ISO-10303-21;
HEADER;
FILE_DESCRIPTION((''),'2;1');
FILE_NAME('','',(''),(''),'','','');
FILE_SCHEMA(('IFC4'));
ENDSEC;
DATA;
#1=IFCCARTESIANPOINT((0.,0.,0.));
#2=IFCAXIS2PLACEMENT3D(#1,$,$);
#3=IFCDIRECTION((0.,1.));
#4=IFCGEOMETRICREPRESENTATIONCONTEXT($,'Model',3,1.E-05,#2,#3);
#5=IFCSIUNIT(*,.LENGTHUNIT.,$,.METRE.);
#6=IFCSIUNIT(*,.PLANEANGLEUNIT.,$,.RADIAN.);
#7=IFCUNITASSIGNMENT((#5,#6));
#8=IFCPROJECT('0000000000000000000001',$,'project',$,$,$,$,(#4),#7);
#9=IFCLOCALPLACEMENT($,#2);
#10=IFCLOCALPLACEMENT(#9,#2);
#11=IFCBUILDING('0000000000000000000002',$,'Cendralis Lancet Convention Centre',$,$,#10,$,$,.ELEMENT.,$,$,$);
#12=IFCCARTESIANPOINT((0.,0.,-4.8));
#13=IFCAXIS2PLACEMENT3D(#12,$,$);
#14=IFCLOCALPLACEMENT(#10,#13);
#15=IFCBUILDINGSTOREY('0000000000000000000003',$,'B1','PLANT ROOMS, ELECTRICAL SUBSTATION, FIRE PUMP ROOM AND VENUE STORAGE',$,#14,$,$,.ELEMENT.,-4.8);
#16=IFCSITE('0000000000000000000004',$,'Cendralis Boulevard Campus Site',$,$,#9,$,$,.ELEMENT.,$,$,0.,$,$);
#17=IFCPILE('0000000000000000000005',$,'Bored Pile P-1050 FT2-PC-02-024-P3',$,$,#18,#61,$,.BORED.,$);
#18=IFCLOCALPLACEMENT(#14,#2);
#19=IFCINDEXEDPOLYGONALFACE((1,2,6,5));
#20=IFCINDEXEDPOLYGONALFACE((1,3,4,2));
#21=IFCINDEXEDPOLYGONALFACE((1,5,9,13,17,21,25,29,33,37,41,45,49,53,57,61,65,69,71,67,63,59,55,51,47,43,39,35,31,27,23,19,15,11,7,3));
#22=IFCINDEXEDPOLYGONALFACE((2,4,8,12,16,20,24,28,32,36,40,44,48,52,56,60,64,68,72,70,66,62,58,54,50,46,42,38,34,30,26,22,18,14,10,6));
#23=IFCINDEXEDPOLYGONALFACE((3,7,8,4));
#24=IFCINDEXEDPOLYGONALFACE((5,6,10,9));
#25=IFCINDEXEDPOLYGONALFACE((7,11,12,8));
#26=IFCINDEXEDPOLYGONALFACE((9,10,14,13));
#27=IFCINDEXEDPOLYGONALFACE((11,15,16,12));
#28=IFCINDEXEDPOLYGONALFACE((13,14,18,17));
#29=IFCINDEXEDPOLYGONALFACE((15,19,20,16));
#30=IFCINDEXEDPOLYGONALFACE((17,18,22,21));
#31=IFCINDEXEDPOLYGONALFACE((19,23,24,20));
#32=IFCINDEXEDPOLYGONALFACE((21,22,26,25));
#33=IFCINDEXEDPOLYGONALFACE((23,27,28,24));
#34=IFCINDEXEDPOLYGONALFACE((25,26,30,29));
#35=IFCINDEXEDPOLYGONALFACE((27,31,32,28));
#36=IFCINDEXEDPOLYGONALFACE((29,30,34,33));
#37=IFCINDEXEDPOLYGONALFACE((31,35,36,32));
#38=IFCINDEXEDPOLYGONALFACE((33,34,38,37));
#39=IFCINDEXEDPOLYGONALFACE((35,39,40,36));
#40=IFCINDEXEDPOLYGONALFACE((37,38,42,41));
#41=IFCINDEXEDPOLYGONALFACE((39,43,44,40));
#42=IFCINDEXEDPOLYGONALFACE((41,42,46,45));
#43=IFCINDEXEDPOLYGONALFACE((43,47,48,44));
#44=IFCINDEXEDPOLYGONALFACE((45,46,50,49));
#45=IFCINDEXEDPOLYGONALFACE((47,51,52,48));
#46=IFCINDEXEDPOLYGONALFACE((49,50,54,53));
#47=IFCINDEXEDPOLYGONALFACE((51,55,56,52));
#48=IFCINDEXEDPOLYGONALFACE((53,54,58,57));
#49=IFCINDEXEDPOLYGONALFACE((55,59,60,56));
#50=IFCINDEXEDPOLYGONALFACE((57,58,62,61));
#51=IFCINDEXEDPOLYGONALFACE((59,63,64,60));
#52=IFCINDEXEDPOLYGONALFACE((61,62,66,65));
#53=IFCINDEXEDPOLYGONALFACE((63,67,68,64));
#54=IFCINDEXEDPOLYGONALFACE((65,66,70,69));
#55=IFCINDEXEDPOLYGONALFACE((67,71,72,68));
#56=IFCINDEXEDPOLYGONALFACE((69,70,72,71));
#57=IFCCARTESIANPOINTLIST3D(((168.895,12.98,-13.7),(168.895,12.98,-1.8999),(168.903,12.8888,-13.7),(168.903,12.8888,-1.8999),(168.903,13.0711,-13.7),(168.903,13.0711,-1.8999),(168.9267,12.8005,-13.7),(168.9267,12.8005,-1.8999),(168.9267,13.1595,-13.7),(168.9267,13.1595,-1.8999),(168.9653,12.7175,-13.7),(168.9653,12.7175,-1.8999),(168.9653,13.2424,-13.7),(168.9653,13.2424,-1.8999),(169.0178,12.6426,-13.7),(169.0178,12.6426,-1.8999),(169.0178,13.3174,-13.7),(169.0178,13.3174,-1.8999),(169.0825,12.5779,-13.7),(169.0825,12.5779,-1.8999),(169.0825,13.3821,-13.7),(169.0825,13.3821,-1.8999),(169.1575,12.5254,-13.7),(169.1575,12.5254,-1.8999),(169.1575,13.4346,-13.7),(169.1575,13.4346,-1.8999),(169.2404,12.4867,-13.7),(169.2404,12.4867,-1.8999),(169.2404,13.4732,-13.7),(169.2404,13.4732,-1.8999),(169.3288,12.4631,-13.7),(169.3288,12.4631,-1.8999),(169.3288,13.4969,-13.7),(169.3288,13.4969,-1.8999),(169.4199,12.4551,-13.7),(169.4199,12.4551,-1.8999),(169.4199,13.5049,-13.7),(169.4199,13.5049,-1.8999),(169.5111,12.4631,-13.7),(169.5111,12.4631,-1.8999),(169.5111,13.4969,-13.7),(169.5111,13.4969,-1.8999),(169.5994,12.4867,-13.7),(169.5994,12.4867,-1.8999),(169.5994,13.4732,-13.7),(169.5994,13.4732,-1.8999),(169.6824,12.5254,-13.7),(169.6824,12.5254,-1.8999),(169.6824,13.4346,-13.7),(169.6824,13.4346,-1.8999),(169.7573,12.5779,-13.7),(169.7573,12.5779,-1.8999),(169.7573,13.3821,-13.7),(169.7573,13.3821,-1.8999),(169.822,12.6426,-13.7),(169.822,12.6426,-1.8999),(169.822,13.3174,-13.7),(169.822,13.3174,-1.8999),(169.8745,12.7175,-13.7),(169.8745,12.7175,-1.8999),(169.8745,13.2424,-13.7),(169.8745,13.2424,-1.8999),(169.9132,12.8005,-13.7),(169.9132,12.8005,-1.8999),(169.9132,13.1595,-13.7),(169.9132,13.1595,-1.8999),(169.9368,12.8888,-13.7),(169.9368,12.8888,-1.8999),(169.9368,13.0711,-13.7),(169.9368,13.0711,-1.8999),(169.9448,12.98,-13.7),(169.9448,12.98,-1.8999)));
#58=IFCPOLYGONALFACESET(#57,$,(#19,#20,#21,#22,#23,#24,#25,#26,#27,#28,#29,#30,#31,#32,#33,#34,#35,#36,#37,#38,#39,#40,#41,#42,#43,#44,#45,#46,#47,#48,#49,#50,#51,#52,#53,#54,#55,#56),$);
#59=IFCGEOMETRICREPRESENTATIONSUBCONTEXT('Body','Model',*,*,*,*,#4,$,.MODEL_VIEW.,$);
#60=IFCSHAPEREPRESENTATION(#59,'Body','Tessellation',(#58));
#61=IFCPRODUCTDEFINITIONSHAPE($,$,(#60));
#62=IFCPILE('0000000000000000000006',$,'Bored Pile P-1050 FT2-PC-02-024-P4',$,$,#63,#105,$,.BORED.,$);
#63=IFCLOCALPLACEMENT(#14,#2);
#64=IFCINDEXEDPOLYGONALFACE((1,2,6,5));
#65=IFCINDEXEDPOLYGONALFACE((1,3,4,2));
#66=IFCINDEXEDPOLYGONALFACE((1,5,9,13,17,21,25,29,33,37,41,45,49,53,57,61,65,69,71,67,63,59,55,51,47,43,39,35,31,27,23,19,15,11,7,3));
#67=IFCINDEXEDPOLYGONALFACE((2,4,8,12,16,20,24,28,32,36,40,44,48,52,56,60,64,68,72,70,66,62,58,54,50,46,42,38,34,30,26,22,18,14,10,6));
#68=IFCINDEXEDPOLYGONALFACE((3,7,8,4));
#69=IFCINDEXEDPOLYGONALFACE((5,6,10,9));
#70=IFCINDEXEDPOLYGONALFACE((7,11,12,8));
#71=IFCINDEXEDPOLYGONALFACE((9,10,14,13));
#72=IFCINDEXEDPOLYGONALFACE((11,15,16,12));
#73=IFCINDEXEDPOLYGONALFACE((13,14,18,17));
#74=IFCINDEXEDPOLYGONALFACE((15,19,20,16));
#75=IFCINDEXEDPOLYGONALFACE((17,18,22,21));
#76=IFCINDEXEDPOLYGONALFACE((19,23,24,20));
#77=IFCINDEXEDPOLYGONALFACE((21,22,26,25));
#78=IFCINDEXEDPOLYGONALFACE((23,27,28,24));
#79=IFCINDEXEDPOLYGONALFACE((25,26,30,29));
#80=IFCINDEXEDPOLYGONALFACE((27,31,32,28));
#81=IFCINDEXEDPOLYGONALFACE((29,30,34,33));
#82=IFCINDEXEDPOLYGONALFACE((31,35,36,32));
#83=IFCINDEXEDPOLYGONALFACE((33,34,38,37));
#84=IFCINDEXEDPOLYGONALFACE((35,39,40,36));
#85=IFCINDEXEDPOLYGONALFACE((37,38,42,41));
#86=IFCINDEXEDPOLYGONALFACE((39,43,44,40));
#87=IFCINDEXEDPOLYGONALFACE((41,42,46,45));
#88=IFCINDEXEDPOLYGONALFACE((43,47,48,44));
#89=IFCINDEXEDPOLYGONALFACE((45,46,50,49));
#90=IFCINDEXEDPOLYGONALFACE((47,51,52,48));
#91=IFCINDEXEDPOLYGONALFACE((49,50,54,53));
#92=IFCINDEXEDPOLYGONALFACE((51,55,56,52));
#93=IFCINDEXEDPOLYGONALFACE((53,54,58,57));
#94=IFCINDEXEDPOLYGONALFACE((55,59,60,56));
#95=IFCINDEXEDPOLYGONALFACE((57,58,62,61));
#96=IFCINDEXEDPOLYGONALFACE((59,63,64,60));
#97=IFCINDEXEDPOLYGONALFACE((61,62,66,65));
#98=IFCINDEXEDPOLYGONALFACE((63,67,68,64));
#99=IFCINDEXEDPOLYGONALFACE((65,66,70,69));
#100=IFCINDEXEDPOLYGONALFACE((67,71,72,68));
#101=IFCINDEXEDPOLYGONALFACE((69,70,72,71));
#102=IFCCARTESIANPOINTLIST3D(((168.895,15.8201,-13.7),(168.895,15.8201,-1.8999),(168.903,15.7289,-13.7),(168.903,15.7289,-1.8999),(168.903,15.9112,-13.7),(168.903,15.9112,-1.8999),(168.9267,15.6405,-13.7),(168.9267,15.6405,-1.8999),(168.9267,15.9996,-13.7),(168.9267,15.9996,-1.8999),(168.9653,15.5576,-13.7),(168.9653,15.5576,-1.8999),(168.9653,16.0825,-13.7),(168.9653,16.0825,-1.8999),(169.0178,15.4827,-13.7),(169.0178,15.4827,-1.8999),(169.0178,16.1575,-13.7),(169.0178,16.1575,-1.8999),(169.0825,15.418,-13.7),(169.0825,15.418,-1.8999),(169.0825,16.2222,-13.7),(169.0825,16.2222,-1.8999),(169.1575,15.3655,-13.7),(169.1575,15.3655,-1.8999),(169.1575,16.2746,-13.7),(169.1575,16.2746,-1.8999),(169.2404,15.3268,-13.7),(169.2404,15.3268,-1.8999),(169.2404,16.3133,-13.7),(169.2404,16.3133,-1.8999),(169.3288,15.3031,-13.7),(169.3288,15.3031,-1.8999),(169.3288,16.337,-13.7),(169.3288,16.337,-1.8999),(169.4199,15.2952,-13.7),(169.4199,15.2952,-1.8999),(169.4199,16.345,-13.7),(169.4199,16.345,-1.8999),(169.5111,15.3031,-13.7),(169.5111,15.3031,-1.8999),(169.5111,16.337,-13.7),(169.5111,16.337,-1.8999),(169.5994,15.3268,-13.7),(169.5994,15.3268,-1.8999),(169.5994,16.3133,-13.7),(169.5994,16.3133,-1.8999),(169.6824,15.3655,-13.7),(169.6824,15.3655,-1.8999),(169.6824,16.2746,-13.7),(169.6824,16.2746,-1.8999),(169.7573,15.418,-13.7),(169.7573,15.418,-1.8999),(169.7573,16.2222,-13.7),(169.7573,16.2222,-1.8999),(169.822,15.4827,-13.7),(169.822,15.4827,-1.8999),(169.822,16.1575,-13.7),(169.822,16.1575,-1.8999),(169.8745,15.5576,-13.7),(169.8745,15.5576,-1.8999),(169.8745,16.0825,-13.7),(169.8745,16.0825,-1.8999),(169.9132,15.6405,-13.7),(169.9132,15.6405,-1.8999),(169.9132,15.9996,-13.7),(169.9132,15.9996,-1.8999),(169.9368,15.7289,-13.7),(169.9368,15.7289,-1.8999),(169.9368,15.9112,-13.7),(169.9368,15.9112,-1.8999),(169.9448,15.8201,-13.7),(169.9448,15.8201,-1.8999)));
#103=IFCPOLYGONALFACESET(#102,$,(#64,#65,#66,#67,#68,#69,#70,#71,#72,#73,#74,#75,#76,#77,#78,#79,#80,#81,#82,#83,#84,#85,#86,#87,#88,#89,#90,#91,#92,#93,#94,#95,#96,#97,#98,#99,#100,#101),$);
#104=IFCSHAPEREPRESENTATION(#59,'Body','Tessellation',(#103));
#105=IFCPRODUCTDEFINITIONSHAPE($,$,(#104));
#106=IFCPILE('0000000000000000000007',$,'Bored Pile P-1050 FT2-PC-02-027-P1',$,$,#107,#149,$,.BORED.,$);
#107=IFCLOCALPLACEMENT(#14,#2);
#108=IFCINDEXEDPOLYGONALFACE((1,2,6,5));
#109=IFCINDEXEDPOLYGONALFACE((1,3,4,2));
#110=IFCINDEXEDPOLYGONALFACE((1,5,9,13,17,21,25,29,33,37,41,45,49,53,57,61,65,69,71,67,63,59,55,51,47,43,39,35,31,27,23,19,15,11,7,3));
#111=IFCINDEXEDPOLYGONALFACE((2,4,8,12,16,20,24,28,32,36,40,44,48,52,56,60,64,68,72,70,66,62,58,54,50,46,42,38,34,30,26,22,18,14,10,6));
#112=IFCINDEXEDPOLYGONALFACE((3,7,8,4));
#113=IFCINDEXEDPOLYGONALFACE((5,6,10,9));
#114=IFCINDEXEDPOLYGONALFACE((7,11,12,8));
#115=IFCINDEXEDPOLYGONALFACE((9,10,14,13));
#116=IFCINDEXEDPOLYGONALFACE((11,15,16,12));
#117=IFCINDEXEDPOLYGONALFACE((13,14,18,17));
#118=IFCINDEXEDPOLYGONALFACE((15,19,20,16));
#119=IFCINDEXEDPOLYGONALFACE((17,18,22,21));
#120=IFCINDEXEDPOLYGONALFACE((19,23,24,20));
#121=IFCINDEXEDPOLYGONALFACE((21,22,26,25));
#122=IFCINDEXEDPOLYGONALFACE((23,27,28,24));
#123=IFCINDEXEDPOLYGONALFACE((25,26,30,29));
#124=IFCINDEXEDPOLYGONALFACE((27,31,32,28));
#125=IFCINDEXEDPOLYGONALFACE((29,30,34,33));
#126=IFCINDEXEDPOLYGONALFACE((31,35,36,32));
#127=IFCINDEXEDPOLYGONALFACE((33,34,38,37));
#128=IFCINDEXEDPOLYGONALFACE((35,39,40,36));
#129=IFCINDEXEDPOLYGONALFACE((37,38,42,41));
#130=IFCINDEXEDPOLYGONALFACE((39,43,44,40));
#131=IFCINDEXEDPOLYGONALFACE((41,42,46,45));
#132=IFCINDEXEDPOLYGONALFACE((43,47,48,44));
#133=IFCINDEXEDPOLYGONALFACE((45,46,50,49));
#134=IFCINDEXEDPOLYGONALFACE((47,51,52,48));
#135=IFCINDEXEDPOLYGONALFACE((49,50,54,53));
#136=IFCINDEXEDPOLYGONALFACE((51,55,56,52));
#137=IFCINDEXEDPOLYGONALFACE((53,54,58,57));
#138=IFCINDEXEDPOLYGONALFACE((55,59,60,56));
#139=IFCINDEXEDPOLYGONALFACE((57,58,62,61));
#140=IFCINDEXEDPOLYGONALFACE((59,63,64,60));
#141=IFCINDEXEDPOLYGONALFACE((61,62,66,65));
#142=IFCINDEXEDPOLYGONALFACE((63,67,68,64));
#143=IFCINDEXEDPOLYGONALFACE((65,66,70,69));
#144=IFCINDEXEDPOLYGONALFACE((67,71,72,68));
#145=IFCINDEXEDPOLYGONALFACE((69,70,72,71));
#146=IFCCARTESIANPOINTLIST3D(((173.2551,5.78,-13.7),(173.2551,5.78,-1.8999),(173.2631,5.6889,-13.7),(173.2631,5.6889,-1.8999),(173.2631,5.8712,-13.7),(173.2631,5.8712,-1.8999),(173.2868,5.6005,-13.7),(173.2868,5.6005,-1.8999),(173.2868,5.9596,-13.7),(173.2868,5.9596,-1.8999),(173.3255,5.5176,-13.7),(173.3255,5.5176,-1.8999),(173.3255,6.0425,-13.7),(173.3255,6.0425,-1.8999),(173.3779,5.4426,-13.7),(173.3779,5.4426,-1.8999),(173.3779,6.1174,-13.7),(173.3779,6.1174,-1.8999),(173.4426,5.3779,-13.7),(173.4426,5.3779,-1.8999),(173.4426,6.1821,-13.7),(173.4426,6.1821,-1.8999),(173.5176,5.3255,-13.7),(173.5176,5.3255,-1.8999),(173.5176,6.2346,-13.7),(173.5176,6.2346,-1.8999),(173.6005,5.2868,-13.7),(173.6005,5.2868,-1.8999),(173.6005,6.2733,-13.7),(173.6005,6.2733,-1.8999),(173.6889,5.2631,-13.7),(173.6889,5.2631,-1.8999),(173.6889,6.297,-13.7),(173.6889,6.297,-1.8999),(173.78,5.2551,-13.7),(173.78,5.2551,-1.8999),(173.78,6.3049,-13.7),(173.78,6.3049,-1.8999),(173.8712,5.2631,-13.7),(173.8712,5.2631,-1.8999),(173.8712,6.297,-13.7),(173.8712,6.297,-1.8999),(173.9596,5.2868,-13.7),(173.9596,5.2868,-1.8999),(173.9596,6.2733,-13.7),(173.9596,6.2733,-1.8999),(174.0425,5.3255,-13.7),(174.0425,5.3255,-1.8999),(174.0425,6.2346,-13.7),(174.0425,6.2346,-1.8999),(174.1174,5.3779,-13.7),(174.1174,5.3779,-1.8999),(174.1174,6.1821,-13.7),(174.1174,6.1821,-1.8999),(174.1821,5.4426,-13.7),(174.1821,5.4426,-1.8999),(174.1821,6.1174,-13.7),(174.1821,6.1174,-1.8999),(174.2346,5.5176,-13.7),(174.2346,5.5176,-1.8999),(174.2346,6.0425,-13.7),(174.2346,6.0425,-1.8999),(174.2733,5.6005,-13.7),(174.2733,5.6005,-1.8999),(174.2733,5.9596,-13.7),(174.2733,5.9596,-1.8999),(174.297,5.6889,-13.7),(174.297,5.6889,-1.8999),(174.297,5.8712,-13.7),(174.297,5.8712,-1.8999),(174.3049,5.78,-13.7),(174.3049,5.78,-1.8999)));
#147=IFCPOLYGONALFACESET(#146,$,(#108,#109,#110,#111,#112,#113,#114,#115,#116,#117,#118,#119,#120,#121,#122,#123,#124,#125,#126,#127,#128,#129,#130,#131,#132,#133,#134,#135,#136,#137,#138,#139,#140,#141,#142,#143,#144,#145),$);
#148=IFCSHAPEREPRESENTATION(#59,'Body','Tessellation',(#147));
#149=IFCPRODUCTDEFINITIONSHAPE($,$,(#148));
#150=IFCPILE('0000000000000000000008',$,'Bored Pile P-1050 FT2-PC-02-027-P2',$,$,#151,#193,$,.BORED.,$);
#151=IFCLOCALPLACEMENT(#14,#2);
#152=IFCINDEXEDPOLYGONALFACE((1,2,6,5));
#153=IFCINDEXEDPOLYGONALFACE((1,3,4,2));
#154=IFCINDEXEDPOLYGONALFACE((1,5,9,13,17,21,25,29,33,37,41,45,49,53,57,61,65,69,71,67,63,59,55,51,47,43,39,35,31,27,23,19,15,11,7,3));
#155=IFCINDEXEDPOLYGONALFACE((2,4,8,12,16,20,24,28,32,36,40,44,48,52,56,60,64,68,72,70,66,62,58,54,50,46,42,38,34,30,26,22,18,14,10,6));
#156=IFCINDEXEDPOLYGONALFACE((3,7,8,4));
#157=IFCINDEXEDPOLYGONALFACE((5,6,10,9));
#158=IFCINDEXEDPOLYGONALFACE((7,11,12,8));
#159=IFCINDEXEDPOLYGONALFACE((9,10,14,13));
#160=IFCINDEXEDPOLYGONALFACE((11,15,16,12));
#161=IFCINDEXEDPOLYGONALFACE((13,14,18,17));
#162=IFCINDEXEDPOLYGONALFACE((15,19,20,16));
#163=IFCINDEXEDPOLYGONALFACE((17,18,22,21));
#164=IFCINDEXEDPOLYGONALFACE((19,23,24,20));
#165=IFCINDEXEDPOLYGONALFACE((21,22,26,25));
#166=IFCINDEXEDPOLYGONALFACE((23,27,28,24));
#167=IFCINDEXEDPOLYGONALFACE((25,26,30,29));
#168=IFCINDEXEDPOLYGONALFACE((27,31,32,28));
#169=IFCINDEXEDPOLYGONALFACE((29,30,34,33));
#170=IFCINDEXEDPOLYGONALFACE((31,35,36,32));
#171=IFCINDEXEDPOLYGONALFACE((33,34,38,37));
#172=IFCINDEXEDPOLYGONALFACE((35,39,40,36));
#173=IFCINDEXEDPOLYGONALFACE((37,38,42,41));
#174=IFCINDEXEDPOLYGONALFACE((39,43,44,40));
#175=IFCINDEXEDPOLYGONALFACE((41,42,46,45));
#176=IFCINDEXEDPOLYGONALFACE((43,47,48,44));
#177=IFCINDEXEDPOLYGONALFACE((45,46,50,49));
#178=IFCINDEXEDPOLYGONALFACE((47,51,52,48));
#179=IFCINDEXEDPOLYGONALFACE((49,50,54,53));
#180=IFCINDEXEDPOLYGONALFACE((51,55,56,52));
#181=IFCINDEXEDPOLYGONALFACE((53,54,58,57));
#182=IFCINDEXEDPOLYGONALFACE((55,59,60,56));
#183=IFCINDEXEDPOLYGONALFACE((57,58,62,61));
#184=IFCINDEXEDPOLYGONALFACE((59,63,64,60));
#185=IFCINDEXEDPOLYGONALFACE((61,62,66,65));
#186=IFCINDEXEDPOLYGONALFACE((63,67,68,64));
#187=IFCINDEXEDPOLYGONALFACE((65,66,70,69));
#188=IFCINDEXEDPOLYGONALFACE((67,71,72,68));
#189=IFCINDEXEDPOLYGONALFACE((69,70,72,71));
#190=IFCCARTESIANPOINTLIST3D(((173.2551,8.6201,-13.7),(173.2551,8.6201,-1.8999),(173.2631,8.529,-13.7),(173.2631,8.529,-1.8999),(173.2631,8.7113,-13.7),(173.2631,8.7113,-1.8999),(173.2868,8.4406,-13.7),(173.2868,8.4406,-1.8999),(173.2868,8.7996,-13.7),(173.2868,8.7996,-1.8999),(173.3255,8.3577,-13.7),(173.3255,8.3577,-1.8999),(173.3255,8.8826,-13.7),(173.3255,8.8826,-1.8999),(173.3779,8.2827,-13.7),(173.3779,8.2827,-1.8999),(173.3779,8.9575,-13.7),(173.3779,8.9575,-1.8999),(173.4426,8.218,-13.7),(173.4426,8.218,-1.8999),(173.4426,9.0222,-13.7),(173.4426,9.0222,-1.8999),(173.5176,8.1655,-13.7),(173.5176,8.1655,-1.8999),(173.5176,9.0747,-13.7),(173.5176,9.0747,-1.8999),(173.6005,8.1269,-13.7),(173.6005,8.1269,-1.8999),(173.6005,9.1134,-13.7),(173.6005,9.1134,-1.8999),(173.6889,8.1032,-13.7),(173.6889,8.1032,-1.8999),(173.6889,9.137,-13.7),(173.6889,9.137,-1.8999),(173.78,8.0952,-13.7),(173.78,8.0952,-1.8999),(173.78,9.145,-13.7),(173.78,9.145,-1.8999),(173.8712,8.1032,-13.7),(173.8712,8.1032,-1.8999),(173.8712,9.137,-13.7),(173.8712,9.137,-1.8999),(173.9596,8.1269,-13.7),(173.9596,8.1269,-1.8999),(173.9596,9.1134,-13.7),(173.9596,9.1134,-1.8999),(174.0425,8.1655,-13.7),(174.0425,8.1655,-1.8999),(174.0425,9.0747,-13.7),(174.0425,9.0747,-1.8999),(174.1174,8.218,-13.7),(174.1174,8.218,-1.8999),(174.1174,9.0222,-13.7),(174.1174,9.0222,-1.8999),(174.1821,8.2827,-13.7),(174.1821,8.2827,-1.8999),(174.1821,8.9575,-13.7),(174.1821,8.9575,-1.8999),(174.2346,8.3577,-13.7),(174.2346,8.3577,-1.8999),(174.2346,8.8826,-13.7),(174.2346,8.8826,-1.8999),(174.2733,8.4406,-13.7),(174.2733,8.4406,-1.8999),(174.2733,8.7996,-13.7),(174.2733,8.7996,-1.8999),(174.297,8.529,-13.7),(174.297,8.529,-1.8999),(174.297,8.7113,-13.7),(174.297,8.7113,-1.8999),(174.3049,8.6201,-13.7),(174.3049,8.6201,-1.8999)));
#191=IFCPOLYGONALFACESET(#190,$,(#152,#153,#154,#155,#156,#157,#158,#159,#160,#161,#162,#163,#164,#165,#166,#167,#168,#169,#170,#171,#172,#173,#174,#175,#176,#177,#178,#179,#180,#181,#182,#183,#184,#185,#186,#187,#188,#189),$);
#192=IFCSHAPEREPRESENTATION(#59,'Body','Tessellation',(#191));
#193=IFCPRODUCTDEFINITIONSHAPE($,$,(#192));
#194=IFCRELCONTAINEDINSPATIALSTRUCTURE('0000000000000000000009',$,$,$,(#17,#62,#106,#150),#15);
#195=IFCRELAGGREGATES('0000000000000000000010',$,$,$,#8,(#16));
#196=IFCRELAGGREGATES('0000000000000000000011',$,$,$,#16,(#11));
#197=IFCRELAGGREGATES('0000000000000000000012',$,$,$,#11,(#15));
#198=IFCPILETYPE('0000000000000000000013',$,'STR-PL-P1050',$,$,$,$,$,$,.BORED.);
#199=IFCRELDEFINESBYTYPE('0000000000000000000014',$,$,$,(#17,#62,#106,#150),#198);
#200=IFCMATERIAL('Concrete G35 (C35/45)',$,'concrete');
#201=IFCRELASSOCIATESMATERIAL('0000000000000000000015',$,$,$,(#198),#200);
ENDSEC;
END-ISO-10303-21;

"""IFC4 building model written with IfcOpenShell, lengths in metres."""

from ifc_helpers import new_model, si_unit, direction, frame, origin, origin_2d, place, context, subcontext, project, spatial, circle, extrude, material, material_profile, profile_set, type_object, element, save


model = new_model("IFC4")

# Units and contexts
model_context = context("Model", 3, precision=1e-05, world=origin(), true_north=direction((0.0, 1.0)))
body_context = subcontext(model_context, "Body", "Model", "MODEL_VIEW")
ifc_project = project(units=[si_unit("LENGTHUNIT", "METRE"), si_unit("PLANEANGLEUNIT", "RADIAN")], contexts=[model_context])

# Site, building, storey
site_placement = place(None, origin())
site = spatial("IfcSite", under=ifc_project, at=site_placement, Name="Cendralis Boulevard Campus Site", CompositionType="ELEMENT", RefElevation=0.0)
building_placement = place(site_placement, origin())
building = spatial("IfcBuilding", under=site, at=building_placement, Name="Cendralis Lancet Convention Centre", CompositionType="ELEMENT")
storey_placement = place(building_placement, frame((0.0, 0.0, -4.8)))
storey = spatial("IfcBuildingStorey", under=building, at=storey_placement, Name="B1", Description="PLANT ROOMS, ELECTRICAL SUBSTATION, FIRE PUMP ROOM AND VENUE STORAGE", CompositionType="ELEMENT", Elevation=-4.8)

# Shared definitions
ifc_material_1 = material(Name="Concrete G35 (C35/45)", Category="concrete")

# Piles
ifc_material_profile_1 = material_profile(ifc_material_1, circle(Radius=0.5249, at=origin_2d()), Name="BORED PILE D1050")
ifc_profile_set_1 = profile_set([ifc_material_profile_1], Name="Concrete G35 (C35/45)")
pile_type = type_object("IfcPileType", Name="STR-PL-P1050", PredefinedType="BORED", material=ifc_profile_set_1)
for number, where, z_axis, x_axis, name in (
    (1, (169.4199, 12.98, -1.8999), (0.0, 0.0, -1.0), (1.0, 0.0, 0.0), "Bored Pile P-1050 FT2-PC-02-024-P3"),
    (2, (169.4199, 15.8201, -1.8999), (0.0, 0.0, -1.0), (1.0, 0.0, 0.0), "Bored Pile P-1050 FT2-PC-02-024-P4"),
    (3, (173.78, 5.78, -1.8999), (0.0, 0.0, -1.0), (1.0, 0.0, 0.0), "Bored Pile P-1050 FT2-PC-02-027-P1"),
    (4, (173.78, 8.6201, -1.8999), (0.0, 0.0, -1.0), (1.0, 0.0, 0.0), "Bored Pile P-1050 FT2-PC-02-027-P2"),
):
    element("IfcPile", number, at=place(storey_placement, frame(where, z_axis=z_axis, x_axis=x_axis)), inside=storey, type_object=pile_type, Name=name, PredefinedType="BORED", context=body_context, shape_type="SweptSolid", body=[
        extrude(circle(Radius=0.5249, at=origin_2d()), origin(), (0.0, 0.0, 1.0), 11.8),
    ])

save(model, "model.ifc")
